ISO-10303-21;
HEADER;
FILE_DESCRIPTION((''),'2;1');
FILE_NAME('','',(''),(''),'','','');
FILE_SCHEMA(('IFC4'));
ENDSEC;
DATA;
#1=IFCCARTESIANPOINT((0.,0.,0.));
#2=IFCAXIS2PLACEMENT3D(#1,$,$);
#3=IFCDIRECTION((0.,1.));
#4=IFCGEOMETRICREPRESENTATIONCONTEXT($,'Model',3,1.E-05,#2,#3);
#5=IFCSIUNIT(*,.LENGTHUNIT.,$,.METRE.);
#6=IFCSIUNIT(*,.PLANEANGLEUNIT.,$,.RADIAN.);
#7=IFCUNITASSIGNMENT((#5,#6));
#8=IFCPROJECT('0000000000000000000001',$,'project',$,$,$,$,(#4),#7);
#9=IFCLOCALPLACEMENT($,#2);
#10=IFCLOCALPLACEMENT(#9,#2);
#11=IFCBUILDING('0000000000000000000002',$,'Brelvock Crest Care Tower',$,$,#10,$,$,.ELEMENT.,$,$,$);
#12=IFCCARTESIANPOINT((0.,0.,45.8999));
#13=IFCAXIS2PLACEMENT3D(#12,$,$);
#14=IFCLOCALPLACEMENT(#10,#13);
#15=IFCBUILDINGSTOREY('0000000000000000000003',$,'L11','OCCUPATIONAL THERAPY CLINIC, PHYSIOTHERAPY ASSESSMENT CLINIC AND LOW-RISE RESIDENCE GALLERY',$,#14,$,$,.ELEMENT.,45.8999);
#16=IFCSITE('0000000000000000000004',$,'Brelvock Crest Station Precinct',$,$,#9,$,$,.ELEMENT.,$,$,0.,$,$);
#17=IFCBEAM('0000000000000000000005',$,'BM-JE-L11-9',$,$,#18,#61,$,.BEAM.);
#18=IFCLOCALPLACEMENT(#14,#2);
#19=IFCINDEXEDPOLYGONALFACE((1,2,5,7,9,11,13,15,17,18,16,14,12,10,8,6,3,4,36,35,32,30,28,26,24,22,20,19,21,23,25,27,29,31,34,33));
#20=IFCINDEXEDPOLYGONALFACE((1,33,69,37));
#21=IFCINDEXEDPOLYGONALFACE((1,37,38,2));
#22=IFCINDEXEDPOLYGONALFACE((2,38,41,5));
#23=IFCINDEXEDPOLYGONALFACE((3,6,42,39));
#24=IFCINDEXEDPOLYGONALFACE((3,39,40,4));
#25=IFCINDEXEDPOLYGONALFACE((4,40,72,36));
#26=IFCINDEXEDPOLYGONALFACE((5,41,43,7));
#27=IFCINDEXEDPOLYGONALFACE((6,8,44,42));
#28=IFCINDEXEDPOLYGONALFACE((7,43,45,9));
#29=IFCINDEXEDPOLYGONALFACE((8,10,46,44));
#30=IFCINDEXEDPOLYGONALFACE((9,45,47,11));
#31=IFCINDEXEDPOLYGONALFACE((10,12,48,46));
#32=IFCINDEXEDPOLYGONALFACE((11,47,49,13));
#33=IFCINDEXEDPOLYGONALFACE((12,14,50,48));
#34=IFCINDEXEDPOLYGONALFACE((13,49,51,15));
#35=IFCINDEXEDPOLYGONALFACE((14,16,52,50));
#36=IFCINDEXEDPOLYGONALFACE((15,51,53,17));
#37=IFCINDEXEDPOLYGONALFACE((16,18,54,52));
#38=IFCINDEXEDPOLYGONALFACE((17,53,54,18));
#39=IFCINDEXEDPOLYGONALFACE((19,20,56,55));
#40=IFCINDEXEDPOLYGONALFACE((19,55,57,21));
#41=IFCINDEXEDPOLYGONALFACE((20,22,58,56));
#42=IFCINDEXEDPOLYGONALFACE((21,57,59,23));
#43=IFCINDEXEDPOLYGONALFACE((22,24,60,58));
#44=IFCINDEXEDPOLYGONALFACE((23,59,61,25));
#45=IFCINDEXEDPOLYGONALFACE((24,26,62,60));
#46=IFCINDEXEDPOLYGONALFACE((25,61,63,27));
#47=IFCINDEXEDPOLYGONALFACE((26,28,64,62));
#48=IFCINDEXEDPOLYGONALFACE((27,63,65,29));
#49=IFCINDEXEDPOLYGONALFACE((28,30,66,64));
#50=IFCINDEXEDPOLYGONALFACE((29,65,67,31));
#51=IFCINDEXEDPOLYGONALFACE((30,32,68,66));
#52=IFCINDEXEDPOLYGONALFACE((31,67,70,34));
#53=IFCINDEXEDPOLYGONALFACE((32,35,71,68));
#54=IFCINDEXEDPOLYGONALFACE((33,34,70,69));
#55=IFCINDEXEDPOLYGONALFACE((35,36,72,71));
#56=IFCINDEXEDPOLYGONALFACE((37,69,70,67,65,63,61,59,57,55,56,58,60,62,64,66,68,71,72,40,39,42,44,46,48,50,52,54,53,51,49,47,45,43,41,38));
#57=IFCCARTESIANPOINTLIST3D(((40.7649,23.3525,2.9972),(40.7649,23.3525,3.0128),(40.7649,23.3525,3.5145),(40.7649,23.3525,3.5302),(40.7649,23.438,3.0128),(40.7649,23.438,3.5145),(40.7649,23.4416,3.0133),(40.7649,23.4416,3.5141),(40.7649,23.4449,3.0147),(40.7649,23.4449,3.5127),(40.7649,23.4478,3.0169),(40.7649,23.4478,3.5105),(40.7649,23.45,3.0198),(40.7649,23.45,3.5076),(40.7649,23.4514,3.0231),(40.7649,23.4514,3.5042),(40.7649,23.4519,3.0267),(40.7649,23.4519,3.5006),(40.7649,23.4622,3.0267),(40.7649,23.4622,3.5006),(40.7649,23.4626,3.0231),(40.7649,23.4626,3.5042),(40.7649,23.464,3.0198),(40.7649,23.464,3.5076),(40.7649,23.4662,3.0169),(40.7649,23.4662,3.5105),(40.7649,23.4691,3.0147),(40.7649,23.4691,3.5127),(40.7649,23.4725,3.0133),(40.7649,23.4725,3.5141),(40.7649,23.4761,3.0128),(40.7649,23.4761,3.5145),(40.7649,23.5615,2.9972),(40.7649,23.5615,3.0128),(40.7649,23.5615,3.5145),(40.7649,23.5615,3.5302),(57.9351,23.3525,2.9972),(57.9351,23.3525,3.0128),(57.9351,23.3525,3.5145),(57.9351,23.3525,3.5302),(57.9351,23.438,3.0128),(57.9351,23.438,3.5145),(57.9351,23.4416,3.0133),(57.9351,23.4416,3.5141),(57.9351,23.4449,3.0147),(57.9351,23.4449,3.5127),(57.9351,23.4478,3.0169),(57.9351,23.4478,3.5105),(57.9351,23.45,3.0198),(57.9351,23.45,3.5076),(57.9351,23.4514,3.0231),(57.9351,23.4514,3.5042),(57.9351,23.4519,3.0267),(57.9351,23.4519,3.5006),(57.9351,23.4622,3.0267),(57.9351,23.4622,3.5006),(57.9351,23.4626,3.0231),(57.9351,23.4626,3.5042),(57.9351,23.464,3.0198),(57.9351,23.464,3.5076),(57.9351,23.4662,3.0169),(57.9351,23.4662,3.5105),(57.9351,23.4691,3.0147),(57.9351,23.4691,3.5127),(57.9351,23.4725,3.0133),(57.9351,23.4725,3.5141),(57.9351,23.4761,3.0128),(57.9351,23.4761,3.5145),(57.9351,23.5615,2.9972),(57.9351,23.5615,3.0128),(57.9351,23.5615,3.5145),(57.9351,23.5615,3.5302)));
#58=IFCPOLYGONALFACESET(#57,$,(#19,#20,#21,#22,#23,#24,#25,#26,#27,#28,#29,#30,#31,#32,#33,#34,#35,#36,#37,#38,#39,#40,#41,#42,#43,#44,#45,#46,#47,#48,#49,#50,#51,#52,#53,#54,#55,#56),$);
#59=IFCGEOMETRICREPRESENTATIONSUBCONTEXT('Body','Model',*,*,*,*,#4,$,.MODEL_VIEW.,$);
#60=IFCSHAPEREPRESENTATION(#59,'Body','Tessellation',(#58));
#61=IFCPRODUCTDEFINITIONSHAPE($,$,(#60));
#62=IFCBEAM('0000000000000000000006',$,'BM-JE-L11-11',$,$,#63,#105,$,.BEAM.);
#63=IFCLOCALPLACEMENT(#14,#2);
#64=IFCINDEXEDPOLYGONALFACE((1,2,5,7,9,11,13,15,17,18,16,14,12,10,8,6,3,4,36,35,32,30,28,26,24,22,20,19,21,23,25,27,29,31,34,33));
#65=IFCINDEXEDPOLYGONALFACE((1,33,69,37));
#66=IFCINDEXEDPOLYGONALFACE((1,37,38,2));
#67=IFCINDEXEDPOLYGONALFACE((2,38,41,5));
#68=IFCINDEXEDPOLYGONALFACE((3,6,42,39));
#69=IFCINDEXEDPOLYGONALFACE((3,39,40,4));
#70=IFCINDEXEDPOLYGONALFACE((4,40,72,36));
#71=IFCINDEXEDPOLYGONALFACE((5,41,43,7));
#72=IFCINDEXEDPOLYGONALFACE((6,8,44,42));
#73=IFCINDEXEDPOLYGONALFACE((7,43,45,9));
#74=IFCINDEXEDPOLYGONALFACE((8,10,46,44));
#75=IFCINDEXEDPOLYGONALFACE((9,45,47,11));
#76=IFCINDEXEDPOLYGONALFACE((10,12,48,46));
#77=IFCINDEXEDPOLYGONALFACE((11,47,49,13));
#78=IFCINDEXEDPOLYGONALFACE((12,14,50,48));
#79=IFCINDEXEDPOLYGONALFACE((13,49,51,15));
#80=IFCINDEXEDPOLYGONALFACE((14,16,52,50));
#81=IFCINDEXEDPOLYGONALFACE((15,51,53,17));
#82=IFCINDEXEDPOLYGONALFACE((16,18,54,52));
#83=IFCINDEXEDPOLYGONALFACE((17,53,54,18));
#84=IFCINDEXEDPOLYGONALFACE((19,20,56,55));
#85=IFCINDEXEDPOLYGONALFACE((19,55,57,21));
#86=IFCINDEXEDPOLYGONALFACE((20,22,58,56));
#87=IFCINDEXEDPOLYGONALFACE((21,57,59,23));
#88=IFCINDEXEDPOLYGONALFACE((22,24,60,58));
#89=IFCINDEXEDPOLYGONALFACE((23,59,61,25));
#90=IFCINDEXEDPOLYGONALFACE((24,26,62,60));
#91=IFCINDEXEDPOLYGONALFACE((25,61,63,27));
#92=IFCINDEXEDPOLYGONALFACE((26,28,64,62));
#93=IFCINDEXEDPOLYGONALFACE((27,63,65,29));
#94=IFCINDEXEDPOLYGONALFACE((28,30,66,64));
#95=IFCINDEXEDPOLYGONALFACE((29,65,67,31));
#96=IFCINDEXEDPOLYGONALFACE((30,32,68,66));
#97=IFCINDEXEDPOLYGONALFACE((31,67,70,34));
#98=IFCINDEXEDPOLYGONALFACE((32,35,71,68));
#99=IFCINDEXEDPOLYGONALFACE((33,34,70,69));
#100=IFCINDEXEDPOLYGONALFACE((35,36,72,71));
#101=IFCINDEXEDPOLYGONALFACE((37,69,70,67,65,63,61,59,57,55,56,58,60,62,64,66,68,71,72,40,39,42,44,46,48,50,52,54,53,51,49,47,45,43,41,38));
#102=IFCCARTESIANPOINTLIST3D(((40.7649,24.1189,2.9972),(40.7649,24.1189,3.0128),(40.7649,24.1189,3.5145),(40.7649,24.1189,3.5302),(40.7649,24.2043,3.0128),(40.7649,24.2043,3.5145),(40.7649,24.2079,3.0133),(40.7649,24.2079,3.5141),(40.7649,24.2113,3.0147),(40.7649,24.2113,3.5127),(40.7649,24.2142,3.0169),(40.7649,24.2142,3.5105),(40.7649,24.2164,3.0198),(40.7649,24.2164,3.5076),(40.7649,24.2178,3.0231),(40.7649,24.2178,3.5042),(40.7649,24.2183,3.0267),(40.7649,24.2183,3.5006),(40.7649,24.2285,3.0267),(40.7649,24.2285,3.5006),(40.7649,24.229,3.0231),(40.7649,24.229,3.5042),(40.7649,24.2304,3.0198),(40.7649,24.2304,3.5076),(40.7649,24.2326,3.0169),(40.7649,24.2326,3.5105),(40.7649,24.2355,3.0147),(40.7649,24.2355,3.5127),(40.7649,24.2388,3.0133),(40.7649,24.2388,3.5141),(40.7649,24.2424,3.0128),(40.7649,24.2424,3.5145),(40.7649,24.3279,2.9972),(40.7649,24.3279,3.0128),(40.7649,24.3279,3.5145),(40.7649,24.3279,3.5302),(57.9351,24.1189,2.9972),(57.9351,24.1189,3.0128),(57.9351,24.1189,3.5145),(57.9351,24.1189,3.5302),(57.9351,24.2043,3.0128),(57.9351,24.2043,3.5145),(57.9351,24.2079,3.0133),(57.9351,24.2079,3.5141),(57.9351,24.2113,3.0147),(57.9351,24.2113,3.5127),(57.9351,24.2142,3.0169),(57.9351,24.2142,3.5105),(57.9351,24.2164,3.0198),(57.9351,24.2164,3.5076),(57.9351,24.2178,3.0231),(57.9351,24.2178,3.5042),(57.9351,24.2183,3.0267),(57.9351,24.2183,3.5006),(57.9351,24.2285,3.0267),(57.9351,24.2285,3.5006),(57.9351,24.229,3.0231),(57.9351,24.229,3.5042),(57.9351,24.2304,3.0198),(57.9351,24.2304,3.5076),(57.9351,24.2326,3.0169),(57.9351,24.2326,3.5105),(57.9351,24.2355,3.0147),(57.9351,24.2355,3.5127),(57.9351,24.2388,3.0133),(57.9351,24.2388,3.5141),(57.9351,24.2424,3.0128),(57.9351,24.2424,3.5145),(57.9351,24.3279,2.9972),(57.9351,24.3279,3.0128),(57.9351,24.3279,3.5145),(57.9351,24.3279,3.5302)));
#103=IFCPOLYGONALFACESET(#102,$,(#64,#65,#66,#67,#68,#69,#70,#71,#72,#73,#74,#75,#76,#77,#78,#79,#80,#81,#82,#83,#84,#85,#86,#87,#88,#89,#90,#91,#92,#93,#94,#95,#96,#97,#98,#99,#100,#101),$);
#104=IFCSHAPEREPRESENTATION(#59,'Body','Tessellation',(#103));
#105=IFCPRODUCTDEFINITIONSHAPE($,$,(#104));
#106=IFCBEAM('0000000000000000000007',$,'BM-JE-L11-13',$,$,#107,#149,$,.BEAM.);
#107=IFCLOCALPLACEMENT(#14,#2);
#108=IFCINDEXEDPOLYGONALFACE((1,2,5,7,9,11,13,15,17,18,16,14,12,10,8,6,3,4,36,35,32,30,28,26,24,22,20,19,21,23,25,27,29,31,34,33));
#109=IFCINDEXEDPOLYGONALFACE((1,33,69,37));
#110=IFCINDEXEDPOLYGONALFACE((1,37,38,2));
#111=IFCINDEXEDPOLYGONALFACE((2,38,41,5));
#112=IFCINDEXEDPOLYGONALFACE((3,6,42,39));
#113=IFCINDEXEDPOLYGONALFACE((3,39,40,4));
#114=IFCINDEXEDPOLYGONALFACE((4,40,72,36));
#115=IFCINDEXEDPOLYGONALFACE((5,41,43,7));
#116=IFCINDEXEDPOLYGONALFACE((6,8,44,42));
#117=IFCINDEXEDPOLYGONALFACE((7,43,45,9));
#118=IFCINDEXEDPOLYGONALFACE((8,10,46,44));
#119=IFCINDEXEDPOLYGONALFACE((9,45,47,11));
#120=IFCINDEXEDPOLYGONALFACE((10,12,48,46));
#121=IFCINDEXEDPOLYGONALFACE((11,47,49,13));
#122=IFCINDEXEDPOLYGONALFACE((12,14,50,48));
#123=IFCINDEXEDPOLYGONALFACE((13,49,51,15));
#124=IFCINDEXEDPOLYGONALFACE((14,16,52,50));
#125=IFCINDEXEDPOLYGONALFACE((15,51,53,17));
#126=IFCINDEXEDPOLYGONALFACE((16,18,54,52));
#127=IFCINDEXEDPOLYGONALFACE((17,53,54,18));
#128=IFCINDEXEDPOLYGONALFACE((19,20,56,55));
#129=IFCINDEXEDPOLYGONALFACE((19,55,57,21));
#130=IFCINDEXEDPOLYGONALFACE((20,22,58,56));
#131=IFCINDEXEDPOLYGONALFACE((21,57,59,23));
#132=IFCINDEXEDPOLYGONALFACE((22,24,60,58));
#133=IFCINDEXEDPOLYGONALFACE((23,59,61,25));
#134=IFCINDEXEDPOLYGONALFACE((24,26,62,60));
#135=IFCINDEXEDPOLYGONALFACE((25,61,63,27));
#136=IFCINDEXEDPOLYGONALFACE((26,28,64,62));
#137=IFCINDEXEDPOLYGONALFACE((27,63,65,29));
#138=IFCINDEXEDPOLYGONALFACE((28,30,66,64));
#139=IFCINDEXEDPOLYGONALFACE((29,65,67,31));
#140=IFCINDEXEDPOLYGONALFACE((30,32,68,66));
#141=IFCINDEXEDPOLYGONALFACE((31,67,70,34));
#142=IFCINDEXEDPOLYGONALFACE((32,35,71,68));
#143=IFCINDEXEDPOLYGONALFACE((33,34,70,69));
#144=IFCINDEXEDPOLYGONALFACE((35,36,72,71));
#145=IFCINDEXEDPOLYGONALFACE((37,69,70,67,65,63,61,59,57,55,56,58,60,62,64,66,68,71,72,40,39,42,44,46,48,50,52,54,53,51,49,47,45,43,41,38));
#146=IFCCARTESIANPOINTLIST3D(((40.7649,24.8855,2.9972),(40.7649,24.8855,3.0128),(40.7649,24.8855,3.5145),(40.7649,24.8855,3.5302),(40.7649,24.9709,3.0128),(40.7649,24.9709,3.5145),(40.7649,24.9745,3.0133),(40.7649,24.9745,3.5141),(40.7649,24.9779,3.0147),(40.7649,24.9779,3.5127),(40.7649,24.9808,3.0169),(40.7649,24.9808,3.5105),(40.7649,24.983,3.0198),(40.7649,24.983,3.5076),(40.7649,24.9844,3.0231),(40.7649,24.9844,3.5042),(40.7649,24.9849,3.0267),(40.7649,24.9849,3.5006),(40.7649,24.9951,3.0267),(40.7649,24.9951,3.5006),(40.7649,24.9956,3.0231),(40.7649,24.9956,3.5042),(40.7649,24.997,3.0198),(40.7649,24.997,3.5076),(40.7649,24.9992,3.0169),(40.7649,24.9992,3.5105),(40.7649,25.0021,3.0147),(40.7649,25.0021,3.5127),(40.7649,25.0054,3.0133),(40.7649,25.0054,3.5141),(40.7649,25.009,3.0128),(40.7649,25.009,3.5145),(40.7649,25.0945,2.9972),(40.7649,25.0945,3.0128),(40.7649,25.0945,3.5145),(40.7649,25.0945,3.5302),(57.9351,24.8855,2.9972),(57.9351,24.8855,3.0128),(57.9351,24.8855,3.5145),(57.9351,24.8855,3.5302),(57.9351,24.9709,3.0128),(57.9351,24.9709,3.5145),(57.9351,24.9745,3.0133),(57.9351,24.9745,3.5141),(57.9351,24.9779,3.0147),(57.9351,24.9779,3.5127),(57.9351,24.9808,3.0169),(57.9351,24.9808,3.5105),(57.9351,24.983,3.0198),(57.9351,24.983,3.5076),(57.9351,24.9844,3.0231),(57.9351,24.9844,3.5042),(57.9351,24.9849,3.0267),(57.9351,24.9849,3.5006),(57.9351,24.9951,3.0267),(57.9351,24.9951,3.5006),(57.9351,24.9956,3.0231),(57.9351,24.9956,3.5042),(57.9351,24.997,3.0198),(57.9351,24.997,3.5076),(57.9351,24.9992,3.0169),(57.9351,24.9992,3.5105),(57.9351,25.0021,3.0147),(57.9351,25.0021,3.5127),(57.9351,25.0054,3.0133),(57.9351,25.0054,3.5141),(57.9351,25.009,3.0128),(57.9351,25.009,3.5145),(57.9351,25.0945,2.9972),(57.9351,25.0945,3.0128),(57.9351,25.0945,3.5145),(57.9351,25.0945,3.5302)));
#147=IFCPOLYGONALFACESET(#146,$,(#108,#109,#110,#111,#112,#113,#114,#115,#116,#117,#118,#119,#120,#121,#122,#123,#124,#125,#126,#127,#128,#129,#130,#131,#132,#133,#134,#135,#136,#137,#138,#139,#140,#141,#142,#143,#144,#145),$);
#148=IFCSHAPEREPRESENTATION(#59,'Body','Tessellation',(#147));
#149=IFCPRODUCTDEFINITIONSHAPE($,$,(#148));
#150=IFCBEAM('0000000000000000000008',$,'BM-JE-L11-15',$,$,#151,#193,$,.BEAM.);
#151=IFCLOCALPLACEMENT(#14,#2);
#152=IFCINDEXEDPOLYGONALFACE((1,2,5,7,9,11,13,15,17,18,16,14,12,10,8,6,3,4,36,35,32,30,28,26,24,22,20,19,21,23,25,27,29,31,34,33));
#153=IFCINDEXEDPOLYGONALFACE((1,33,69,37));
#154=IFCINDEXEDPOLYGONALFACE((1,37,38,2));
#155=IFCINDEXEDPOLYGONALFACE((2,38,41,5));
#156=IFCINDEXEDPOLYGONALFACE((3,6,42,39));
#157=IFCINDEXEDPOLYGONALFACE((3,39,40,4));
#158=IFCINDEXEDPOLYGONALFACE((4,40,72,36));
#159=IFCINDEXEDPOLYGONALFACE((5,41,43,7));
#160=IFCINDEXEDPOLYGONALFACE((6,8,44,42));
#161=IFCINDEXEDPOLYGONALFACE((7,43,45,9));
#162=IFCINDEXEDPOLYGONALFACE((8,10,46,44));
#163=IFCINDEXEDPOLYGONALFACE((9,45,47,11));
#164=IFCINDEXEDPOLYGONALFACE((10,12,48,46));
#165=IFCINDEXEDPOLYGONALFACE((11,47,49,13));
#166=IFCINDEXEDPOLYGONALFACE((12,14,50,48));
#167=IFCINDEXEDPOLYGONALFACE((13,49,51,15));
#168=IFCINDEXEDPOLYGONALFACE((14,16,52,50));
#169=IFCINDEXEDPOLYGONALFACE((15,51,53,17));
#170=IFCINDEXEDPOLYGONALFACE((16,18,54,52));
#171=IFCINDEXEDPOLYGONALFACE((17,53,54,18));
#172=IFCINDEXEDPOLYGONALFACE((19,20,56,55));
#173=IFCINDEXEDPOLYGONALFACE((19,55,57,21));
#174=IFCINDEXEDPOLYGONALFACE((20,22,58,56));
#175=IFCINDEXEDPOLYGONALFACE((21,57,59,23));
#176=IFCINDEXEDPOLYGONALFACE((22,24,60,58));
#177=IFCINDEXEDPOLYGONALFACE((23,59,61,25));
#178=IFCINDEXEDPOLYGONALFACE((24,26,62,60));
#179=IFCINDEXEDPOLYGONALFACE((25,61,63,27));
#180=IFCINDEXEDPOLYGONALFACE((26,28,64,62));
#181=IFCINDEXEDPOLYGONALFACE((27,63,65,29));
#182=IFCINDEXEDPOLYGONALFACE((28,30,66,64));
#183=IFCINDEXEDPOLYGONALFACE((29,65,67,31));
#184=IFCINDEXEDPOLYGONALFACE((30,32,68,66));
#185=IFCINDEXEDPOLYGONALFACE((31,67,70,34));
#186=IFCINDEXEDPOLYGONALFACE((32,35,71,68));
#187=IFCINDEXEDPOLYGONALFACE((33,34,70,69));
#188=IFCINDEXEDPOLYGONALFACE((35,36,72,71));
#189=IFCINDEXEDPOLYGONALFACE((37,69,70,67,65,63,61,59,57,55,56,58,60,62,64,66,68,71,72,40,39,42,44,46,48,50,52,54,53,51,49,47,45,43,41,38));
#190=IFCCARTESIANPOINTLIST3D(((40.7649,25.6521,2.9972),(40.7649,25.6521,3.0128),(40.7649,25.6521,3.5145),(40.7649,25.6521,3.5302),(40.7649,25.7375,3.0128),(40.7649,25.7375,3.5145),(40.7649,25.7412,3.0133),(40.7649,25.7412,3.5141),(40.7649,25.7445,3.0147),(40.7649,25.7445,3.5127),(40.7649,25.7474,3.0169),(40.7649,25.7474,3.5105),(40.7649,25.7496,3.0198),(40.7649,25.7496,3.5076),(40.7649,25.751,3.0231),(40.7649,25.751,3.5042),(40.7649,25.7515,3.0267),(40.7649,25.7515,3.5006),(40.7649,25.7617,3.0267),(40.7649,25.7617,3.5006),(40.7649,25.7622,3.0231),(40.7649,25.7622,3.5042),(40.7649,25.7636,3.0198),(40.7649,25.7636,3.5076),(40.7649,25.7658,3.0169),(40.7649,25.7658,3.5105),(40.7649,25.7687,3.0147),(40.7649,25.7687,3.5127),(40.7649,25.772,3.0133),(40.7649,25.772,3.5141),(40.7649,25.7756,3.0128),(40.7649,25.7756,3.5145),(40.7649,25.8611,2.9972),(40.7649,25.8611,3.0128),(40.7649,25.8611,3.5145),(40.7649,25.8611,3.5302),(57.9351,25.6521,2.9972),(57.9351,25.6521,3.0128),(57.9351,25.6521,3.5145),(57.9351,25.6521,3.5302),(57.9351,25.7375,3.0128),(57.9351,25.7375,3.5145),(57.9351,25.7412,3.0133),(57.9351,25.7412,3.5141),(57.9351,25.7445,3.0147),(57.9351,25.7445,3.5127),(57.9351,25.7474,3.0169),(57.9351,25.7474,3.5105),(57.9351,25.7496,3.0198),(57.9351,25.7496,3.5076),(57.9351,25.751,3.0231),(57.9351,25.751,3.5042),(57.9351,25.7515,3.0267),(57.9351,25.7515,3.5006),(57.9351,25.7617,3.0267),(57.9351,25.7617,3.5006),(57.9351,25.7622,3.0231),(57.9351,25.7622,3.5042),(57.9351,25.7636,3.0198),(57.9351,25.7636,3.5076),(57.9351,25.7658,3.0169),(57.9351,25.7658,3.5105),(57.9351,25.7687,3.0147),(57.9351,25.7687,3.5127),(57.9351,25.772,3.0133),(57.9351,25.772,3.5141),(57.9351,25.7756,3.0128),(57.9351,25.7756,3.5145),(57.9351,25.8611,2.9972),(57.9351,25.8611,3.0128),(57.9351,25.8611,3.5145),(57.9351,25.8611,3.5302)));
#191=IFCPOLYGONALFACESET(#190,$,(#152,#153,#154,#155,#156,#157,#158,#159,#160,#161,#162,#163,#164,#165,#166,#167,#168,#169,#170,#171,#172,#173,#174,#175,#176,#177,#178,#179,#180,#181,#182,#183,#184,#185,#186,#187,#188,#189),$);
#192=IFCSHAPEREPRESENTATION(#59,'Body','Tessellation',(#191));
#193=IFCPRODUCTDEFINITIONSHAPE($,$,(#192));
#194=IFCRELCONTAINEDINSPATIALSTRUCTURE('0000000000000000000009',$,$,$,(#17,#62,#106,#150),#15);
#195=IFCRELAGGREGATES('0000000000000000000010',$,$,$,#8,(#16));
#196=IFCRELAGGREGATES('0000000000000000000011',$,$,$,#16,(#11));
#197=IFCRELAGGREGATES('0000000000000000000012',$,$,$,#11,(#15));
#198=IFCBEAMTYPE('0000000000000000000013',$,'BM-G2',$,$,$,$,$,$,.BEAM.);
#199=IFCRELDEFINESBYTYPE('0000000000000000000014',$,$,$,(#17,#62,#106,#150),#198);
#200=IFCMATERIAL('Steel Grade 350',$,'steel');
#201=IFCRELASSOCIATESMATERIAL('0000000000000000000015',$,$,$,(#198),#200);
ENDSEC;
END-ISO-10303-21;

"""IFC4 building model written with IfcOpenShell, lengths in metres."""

from ifc_helpers import new_model, si_unit, direction, frame, origin, origin_2d, place, context, subcontext, project, spatial, i_section, extrude, source, transform, mapped, material, material_profile, profile_set, type_object, element, save


model = new_model("IFC4")

# Units and contexts
model_context = context("Model", 3, precision=1e-05, world=origin(), true_north=direction((0.0, 1.0)))
body_context = subcontext(model_context, "Body", "Model", "MODEL_VIEW")
ifc_project = project(units=[si_unit("LENGTHUNIT", "METRE"), si_unit("PLANEANGLEUNIT", "RADIAN")], contexts=[model_context])

# Site, building, storey
site_placement = place(None, origin())
site = spatial("IfcSite", under=ifc_project, at=site_placement, Name="Brelvock Crest Station Precinct", CompositionType="ELEMENT", RefElevation=0.0)
building_placement = place(site_placement, origin())
building = spatial("IfcBuilding", under=site, at=building_placement, Name="Brelvock Crest Care Tower", CompositionType="ELEMENT")
storey_placement = place(building_placement, frame((0.0, 0.0, 45.8999)))
storey = spatial("IfcBuildingStorey", under=building, at=storey_placement, Name="L11", Description="OCCUPATIONAL THERAPY CLINIC, PHYSIOTHERAPY ASSESSMENT CLINIC AND LOW-RISE RESIDENCE GALLERY", CompositionType="ELEMENT", Elevation=45.8999)

# Shared definitions
ifc_material_1 = material(Name="Steel Grade 350", Category="steel")

# Beams
ifc_material_profile_1 = material_profile(ifc_material_1, i_section(OverallWidth=0.209, OverallDepth=0.533, WebThickness=0.0103, FlangeThickness=0.0156, FilletRadius=0.0139, at=origin_2d()), Name="530UB92.4")
ifc_profile_set_1 = profile_set([ifc_material_profile_1], Name="Steel Grade 350")
beam_type_1 = type_object("IfcBeamType", Name="BM-G2", PredefinedType="BEAM", material=ifc_profile_set_1)
shared_shape_1 = source(origin(), body_context, "Body", "SweptSolid", [
    extrude(i_section(OverallWidth=0.209, OverallDepth=0.533, WebThickness=0.0103, FlangeThickness=0.0156, FilletRadius=0.0139, at=origin_2d()), origin(), (0.0, 0.0, 1.0), 17.1702),
])
for number, where, z_axis, x_axis, name in (
    (1, (40.7649, 23.457, 3.2637), (1.0, 0.0, 0.0), (0.0, 1.0, 0.0), "BM-JE-L11-9"),
    (2, (40.7649, 24.2234, 3.2637), (1.0, 0.0, 0.0), (0.0, 1.0, 0.0), "BM-JE-L11-11"),
    (3, (40.7649, 24.99, 3.2637), (1.0, 0.0, 0.0), (0.0, 1.0, 0.0), "BM-JE-L11-13"),
    (4, (40.7649, 25.7566, 3.2637), (1.0, 0.0, 0.0), (0.0, 1.0, 0.0), "BM-JE-L11-15"),
):
    element("IfcBeam", number, at=place(storey_placement, frame(where, z_axis=z_axis, x_axis=x_axis)), inside=storey, type_object=beam_type_1, Name=name, PredefinedType="BEAM", context=body_context, shape_type="MappedRepresentation", body=[
        mapped(shared_shape_1, transform((0.0, 0.0, 0.0), x_axis=(1.0, 0.0, 0.0), y_axis=(0.0, 1.0, 0.0), z_axis=(0.0, 0.0, 1.0), scale=1.0)),
    ])

save(model, "model.ifc")
